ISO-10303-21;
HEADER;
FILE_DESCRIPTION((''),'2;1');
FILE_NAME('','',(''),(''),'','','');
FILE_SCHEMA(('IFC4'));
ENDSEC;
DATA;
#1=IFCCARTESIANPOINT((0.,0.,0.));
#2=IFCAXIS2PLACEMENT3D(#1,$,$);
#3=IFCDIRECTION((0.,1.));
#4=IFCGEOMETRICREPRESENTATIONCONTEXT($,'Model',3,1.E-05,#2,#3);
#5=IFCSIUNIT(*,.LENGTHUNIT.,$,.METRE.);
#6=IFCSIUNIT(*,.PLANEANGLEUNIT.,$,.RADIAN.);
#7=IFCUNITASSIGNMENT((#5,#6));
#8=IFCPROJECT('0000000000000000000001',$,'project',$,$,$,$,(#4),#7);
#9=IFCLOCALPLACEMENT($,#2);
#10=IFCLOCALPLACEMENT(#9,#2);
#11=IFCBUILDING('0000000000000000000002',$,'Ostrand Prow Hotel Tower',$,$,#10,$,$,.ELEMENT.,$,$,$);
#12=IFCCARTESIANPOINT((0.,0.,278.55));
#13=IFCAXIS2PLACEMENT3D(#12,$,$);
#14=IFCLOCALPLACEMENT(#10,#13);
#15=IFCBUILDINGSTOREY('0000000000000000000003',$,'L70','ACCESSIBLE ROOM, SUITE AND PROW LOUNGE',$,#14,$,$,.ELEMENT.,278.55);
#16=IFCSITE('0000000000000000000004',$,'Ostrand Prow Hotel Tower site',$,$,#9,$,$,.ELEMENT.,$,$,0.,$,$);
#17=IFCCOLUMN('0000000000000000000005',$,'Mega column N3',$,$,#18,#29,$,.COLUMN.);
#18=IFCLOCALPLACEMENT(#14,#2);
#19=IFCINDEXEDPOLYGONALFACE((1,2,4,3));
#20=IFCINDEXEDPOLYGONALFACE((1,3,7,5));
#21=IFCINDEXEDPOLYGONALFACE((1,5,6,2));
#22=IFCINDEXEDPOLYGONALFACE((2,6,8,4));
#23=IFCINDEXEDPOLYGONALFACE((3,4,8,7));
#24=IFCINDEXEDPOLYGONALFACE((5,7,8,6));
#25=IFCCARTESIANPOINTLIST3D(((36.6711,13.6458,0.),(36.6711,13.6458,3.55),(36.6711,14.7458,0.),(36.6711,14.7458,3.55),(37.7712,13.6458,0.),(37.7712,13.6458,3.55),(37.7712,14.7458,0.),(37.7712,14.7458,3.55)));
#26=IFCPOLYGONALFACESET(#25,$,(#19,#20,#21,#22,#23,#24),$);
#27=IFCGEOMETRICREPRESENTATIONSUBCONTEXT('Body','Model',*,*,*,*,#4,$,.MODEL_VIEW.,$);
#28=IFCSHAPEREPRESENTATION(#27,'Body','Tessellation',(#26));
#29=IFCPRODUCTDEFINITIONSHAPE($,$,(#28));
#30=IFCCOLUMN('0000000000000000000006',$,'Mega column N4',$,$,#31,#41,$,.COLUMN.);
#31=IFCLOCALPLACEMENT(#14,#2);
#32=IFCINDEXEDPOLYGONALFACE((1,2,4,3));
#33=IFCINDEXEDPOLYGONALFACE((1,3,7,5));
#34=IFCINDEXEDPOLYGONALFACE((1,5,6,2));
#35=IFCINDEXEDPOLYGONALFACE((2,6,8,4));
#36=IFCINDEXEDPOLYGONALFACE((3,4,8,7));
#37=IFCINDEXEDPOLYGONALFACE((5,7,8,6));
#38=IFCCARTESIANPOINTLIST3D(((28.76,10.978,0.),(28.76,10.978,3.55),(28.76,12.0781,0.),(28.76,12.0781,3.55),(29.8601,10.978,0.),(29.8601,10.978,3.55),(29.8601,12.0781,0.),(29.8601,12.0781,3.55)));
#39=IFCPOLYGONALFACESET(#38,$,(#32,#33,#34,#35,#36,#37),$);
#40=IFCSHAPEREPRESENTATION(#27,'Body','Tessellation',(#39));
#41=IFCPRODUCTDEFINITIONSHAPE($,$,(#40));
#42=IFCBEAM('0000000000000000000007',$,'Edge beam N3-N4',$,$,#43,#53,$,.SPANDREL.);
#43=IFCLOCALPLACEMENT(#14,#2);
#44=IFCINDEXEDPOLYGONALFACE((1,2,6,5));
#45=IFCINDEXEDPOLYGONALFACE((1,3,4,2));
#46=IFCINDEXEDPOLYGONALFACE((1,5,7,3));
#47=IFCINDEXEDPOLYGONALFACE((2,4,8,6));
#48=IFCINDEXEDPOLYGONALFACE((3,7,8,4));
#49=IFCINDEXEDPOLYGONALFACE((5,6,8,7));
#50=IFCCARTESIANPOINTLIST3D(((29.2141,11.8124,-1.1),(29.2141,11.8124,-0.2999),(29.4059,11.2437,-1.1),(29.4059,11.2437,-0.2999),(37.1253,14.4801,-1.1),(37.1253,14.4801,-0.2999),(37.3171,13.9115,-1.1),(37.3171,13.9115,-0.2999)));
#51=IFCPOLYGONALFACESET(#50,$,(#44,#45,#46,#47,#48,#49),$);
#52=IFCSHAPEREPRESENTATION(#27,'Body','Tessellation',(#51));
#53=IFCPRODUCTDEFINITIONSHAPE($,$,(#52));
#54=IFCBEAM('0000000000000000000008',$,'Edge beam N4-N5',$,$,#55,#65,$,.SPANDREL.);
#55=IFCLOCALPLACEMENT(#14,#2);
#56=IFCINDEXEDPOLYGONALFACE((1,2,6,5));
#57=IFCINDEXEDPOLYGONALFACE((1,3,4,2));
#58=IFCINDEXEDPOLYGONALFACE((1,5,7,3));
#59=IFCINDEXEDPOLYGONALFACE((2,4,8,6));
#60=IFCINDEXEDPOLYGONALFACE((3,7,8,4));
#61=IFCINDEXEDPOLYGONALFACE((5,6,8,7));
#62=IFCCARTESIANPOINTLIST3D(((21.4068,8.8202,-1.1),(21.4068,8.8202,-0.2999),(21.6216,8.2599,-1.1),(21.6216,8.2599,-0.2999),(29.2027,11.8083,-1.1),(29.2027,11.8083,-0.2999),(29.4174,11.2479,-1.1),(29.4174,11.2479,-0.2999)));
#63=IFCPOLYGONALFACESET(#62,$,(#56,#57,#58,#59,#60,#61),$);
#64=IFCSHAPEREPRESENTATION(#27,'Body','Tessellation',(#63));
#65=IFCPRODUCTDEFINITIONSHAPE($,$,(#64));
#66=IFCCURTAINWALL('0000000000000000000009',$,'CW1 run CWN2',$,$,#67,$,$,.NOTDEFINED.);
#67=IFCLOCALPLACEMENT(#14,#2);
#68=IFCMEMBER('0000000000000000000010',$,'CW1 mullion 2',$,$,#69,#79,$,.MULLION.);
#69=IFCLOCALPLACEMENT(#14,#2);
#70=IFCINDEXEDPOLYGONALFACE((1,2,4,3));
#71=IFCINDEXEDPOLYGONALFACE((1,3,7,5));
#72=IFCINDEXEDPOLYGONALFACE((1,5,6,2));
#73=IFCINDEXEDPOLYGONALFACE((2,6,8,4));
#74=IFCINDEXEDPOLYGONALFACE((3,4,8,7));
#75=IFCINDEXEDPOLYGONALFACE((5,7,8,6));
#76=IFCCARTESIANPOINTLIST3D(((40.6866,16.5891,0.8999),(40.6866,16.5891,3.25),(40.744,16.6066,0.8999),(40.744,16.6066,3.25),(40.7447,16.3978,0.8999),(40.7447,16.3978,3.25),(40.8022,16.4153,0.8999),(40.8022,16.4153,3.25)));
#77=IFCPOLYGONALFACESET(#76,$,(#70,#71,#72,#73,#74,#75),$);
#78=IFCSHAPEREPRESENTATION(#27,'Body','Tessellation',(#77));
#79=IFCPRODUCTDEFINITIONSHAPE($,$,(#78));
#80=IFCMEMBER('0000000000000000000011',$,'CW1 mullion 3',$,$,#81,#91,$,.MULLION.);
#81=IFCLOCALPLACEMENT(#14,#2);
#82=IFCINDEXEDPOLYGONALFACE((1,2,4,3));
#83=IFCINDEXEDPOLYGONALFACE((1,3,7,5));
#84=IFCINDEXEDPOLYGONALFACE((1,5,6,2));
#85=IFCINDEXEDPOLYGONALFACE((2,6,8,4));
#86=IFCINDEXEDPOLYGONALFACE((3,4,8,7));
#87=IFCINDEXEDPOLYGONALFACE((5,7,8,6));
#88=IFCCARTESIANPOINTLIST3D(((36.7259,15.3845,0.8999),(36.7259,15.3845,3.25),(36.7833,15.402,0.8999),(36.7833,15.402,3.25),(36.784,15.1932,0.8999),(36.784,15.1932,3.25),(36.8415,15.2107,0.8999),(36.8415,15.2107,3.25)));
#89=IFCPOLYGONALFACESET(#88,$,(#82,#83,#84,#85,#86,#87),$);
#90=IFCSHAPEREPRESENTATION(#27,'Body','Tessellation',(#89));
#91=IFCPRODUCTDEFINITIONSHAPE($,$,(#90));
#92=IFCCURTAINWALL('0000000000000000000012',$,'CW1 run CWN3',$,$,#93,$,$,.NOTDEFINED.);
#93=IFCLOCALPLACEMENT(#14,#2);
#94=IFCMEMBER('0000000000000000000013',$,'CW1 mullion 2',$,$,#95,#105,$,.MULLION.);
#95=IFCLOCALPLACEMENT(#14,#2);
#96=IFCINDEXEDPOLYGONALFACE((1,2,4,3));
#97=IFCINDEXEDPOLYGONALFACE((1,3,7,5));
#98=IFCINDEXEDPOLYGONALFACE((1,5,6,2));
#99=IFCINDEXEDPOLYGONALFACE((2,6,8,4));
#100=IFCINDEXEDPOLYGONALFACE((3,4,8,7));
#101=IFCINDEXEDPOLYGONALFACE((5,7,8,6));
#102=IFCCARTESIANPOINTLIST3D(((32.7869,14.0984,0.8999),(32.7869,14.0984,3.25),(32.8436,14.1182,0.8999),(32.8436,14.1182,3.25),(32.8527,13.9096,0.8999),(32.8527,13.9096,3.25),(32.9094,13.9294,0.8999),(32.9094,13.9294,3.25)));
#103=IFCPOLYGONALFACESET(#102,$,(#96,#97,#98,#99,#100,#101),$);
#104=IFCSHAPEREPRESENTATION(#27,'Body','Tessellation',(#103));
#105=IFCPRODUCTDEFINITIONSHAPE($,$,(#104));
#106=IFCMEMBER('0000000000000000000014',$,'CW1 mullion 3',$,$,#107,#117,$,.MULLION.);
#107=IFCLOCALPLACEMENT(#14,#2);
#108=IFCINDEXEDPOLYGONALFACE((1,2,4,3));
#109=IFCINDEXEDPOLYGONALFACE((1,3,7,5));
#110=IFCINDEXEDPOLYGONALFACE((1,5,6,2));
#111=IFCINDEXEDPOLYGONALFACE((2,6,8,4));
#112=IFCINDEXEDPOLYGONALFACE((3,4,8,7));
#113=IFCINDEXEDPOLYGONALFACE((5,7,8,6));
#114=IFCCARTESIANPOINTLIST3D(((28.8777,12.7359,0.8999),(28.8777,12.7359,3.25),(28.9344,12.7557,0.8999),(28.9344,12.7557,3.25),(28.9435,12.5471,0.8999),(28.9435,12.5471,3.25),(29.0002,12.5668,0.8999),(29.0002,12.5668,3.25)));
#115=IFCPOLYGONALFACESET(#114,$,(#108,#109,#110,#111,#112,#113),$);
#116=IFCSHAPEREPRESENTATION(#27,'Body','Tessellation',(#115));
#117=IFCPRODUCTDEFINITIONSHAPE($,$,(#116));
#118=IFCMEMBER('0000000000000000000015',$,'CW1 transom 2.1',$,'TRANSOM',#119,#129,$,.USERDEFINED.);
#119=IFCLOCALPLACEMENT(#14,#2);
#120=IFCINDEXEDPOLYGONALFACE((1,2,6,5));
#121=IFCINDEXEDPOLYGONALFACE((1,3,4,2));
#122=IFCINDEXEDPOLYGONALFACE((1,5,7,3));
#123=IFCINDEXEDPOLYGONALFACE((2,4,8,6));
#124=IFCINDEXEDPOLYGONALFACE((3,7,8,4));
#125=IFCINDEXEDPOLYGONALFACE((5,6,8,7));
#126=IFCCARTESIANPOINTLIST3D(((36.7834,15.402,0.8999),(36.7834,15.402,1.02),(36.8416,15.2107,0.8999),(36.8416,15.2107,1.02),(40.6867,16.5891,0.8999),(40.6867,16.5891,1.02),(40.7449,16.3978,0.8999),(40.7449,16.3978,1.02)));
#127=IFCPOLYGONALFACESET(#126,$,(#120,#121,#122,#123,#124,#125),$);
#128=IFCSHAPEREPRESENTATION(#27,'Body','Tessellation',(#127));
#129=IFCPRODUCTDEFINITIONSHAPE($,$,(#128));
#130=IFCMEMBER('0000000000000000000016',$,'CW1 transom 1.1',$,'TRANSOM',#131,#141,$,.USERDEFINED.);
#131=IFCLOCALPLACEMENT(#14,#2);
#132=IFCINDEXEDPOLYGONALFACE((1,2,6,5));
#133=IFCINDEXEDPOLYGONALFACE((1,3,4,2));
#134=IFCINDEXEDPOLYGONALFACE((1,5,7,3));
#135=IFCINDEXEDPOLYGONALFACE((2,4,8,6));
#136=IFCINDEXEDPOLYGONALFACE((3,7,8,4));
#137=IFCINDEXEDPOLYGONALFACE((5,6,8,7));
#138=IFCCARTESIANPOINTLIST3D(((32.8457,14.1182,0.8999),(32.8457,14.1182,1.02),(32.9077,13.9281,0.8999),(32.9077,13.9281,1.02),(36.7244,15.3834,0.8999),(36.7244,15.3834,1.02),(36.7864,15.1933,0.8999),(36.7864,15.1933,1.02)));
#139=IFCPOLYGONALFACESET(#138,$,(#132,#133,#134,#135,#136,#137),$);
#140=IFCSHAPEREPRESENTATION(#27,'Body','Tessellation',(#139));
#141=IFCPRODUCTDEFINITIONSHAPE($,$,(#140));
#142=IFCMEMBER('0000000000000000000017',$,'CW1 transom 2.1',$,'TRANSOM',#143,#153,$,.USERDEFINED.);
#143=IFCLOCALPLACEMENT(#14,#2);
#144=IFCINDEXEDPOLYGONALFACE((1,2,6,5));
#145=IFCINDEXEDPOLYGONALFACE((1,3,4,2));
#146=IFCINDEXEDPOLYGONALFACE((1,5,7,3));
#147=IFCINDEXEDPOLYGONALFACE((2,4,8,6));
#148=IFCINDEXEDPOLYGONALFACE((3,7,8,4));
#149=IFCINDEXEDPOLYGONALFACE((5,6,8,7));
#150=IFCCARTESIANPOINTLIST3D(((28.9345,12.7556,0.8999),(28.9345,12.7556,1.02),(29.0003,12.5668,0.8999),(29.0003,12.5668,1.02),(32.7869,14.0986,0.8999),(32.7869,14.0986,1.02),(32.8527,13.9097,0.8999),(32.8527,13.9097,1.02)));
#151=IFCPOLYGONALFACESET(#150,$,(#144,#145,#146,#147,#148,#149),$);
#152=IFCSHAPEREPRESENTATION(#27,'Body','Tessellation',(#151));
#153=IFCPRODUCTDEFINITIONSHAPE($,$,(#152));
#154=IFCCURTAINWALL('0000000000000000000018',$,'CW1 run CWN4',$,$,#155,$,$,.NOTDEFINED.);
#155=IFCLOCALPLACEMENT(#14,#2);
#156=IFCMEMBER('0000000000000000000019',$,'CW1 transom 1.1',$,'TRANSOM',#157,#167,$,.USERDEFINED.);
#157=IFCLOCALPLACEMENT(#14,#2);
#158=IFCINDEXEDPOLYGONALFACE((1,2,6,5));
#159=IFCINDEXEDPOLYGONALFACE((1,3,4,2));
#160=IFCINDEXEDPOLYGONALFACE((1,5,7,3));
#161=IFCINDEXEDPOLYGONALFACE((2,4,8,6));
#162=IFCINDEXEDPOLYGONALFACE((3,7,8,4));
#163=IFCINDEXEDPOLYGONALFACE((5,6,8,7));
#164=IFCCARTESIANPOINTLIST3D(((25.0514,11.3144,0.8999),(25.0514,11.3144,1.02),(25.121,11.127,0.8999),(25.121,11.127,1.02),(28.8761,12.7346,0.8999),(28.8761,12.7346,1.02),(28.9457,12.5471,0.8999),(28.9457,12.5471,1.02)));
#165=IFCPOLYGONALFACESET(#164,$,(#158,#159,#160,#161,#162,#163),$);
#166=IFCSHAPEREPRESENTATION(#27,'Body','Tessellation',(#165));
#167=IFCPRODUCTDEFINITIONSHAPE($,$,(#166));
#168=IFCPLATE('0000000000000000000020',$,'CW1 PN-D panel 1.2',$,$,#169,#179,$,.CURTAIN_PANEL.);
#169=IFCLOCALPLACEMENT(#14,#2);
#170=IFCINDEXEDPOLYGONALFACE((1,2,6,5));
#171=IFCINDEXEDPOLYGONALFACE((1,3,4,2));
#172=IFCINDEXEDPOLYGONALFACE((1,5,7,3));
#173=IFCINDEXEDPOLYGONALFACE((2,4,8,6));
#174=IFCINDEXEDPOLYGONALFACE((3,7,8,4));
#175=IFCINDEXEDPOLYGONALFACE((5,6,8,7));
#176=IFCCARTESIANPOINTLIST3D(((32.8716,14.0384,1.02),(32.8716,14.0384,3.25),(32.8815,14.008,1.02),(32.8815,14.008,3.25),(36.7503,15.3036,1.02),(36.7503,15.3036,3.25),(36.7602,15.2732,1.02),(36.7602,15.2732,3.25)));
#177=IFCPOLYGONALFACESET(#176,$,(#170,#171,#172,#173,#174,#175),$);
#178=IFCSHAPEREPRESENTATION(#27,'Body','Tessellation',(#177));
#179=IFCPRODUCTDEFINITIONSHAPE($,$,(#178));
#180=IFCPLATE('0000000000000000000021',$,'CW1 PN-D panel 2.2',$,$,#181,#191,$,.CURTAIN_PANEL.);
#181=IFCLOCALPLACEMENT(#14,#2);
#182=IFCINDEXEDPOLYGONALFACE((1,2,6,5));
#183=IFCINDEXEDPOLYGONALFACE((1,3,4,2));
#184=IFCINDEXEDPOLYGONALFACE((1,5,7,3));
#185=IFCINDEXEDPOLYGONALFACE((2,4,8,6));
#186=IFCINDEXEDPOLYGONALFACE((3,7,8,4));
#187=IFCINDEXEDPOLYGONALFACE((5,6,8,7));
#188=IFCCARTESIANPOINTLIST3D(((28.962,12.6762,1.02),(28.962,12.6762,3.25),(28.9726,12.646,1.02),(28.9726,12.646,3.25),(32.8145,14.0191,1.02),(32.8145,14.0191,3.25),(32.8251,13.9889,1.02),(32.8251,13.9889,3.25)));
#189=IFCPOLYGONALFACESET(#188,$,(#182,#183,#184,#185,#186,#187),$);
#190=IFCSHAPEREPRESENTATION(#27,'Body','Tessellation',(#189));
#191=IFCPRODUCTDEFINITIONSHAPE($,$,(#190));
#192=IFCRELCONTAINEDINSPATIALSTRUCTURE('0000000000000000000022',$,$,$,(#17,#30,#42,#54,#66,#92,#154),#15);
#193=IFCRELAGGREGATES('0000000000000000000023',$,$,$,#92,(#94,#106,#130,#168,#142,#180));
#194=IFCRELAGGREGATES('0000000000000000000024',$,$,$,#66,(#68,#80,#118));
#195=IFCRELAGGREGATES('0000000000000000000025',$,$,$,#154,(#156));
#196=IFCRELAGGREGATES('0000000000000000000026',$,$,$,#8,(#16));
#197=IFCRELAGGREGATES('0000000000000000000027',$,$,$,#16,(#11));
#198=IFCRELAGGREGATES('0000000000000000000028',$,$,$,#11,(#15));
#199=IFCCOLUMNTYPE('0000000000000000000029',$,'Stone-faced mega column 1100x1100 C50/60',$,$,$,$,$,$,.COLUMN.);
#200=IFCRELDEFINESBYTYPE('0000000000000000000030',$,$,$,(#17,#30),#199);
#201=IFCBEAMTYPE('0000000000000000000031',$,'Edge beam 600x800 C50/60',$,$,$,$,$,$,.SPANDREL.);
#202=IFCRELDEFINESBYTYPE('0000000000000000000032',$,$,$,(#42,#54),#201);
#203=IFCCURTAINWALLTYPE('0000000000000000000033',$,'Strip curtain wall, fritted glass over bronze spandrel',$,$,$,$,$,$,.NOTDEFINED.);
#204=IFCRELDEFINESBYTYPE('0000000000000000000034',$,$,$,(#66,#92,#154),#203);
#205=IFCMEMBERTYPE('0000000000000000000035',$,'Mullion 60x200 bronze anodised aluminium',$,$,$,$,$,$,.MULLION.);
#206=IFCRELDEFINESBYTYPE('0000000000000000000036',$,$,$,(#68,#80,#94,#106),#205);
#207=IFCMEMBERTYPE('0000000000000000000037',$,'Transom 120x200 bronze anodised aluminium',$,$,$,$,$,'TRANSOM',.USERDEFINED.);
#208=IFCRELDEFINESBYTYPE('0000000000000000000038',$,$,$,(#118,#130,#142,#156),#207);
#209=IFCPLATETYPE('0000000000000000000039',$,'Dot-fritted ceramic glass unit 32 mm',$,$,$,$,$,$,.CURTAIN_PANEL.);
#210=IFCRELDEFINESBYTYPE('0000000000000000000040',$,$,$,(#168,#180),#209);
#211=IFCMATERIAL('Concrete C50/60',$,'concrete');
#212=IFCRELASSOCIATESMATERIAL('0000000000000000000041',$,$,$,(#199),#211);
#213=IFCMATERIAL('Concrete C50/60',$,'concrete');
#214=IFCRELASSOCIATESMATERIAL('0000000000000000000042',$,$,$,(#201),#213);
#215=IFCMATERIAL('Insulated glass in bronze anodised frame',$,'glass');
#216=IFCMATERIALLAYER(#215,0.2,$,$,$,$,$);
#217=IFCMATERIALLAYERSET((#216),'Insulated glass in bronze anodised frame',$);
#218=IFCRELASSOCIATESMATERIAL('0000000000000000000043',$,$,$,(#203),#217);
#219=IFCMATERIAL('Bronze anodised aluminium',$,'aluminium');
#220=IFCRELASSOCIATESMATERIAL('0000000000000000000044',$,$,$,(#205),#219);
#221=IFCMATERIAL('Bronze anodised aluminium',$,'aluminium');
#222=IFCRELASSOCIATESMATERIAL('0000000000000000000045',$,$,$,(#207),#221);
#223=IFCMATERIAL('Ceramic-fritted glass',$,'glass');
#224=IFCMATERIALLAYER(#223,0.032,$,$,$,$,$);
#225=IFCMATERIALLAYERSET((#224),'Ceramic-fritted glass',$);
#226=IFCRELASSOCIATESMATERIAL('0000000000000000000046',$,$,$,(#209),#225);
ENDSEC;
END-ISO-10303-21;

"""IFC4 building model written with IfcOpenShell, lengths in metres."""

from ifc_helpers import new_model, si_unit, direction, frame, origin, origin_2d, place, context, subcontext, project, spatial, rectangle, extrude, material, layer, layer_set, material_profile, profile_set, type_object, element, aggregate, save


model = new_model("IFC4")

# Units and contexts
model_context = context("Model", 3, precision=1e-05, world=origin(), true_north=direction((0.0, 1.0)))
body_context = subcontext(model_context, "Body", "Model", "MODEL_VIEW")
ifc_project = project(units=[si_unit("LENGTHUNIT", "METRE"), si_unit("PLANEANGLEUNIT", "RADIAN")], contexts=[model_context])

# Site, building, storey
site_placement = place(None, origin())
site = spatial("IfcSite", under=ifc_project, at=site_placement, Name="Ostrand Prow Hotel Tower site", CompositionType="ELEMENT", RefElevation=0.0)
building_placement = place(site_placement, origin())
building = spatial("IfcBuilding", under=site, at=building_placement, Name="Ostrand Prow Hotel Tower", CompositionType="ELEMENT")
storey_placement = place(building_placement, frame((0.0, 0.0, 278.55)))
storey = spatial("IfcBuildingStorey", under=building, at=storey_placement, Name="L70", Description="ACCESSIBLE ROOM, SUITE AND PROW LOUNGE", CompositionType="ELEMENT", Elevation=278.55)

# Columns
ifc_material_1 = material(Name="Concrete C50/60", Category="concrete")
ifc_material_profile_1 = material_profile(ifc_material_1, rectangle(XDim=1.1001, YDim=1.1001, at=origin_2d()), Name="RC 1100x1100")
ifc_profile_set_1 = profile_set([ifc_material_profile_1], Name="Concrete C50/60")
column_type = type_object("IfcColumnType", Name="Stone-faced mega column 1100x1100 C50/60", PredefinedType="COLUMN", material=ifc_profile_set_1)
for number, where, z_axis, x_axis, name in (
    (1, (37.2212, 14.1958, 0.0), (0.0, 0.0, 1.0), (1.0, 0.0, 0.0), "Mega column N3"),
    (2, (29.3101, 11.5281, 0.0), (0.0, 0.0, 1.0), (1.0, 0.0, 0.0), "Mega column N4"),
):
    element("IfcColumn", number, at=place(storey_placement, frame(where, z_axis=z_axis, x_axis=x_axis)), inside=storey, type_object=column_type, Name=name, PredefinedType="COLUMN", context=body_context, shape_type="SweptSolid", body=[
        extrude(rectangle(XDim=1.1001, YDim=1.1001, at=origin_2d()), origin(), (0.0, 0.0, 1.0), 3.55),
    ])

# Beams
ifc_material_2 = material(Name="Concrete C50/60", Category="concrete")
ifc_material_profile_2 = material_profile(ifc_material_2, rectangle(XDim=0.6001, YDim=0.8, at=origin_2d()), Name="RC 600x800")
ifc_profile_set_2 = profile_set([ifc_material_profile_2], Name="Concrete C50/60")
beam_type = type_object("IfcBeamType", Name="Edge beam 600x800 C50/60", PredefinedType="SPANDREL", material=ifc_profile_set_2)
for number, where, z_axis, x_axis, name in (
    (3, (37.2212, 14.1958, -0.7), (-0.947575, -0.319533, 0.0), (0.319533, -0.947575, 0.0), "Edge beam N3-N4"),
    (4, (29.3101, 11.5281, -0.7), (-0.933762, -0.357895, 0.0), (0.357895, -0.933762, 0.0), "Edge beam N4-N5"),
):
    element("IfcBeam", number, at=place(storey_placement, frame(where, z_axis=z_axis, x_axis=x_axis)), inside=storey, type_object=beam_type, Name=name, PredefinedType="SPANDREL", context=body_context, shape_type="SweptSolid", body=[
        extrude(rectangle(XDim=0.6001, YDim=0.8, at=origin_2d()), origin(), (0.0, 0.0, 1.0), 8.3489),
    ])

# Curtain walls, members
ifc_material_3 = material(Name="Insulated glass in bronze anodised frame", Category="glass")
ifc_layer_1 = layer(ifc_material_3, 0.2)
ifc_layer_set_1 = layer_set([ifc_layer_1], Name="Insulated glass in bronze anodised frame")
curtain_wall_type = type_object("IfcCurtainWallType", Name="Strip curtain wall, fritted glass over bronze spandrel", PredefinedType="NOTDEFINED", material=ifc_layer_set_1)
curtain_wall_1_placement = place(storey_placement, origin())
curtain_wall_1 = element("IfcCurtainWall", 5, at=curtain_wall_1_placement, inside=storey, type_object=curtain_wall_type, Name="CW1 run CWN2", PredefinedType="NOTDEFINED")
ifc_material_4 = material(Name="Bronze anodised aluminium", Category="aluminium")
ifc_material_profile_3 = material_profile(ifc_material_4, rectangle(XDim=0.2, YDim=0.0601, at=origin_2d()), Name="Mullion 60x200 bronze anodised aluminium")
ifc_profile_set_3 = profile_set([ifc_material_profile_3], Name="Bronze anodised aluminium")
member_type_1 = type_object("IfcMemberType", Name="Mullion 60x200 bronze anodised aluminium", PredefinedType="MULLION", material=ifc_profile_set_3)
member_1_placement = place(storey_placement, frame((40.7444, 16.5022, 0.8999), z_axis=(0.0, 0.0, 1.0), x_axis=(0.290938, -0.956742, 0.0)))
member_1 = element("IfcMember", 6, at=member_1_placement, type_object=member_type_1, Name="CW1 mullion 2", PredefinedType="MULLION", context=body_context, shape_type="SweptSolid", body=[
    extrude(rectangle(XDim=0.2, YDim=0.0601, at=origin_2d()), origin(), (0.0, 0.0, 1.0), 2.3501),
])
member_2_placement = place(storey_placement, frame((36.7837, 15.2976, 0.8999), z_axis=(0.0, 0.0, 1.0), x_axis=(0.290938, -0.956742, 0.0)))
member_2 = element("IfcMember", 7, at=member_2_placement, type_object=member_type_1, Name="CW1 mullion 3", PredefinedType="MULLION", context=body_context, shape_type="SweptSolid", body=[
    extrude(rectangle(XDim=0.2, YDim=0.0601, at=origin_2d()), origin(), (0.0, 0.0, 1.0), 2.3501),
])
curtain_wall_2_placement = place(storey_placement, origin())
curtain_wall_2 = element("IfcCurtainWall", 8, at=curtain_wall_2_placement, inside=storey, type_object=curtain_wall_type, Name="CW1 run CWN3", PredefinedType="NOTDEFINED")
member_3_placement = place(storey_placement, frame((32.8481, 14.0139, 0.8999), z_axis=(0.0, 0.0, 1.0), x_axis=(0.329158, -0.944275, 0.0)))
member_3 = element("IfcMember", 9, at=member_3_placement, type_object=member_type_1, Name="CW1 mullion 2", PredefinedType="MULLION", context=body_context, shape_type="SweptSolid", body=[
    extrude(rectangle(XDim=0.2, YDim=0.0601, at=origin_2d()), origin(), (0.0, 0.0, 1.0), 2.3501),
])
member_4_placement = place(storey_placement, frame((28.939, 12.6514, 0.8999), z_axis=(0.0, 0.0, 1.0), x_axis=(0.329158, -0.944275, 0.0)))
member_4 = element("IfcMember", 10, at=member_4_placement, type_object=member_type_1, Name="CW1 mullion 3", PredefinedType="MULLION", context=body_context, shape_type="SweptSolid", body=[
    extrude(rectangle(XDim=0.2, YDim=0.0601, at=origin_2d()), origin(), (0.0, 0.0, 1.0), 2.3501),
])

# Members
ifc_material_5 = material(Name="Bronze anodised aluminium", Category="aluminium")
ifc_material_profile_4 = material_profile(ifc_material_5, rectangle(XDim=0.2, YDim=0.1201, at=origin_2d()), Name="Transom 120x200 bronze anodised aluminium")
ifc_profile_set_4 = profile_set([ifc_material_profile_4], Name="Bronze anodised aluminium")
member_type_2 = type_object("IfcMemberType", Name="Transom 120x200 bronze anodised aluminium", ElementType="TRANSOM", PredefinedType="USERDEFINED", material=ifc_profile_set_4)
member_5_placement = place(storey_placement, frame((40.7158, 16.4934, 0.96), z_axis=(-0.956739, -0.290947, 0.0), x_axis=(0.290947, -0.956739, 0.0)))
member_5 = element("IfcMember", 11, at=member_5_placement, type_object=member_type_2, Name="CW1 transom 2.1", ObjectType="TRANSOM", PredefinedType="USERDEFINED", context=body_context, shape_type="SweptSolid", body=[
    extrude(rectangle(XDim=0.2, YDim=0.1201, at=origin_2d()), origin(), (0.0, 0.0, 1.0), 4.0798),
])
member_6_placement = place(storey_placement, frame((36.7554, 15.2883, 0.96), z_axis=(-0.950704, -0.310099, 0.0), x_axis=(0.310099, -0.950704, 0.0)))
member_6 = element("IfcMember", 12, at=member_6_placement, type_object=member_type_2, Name="CW1 transom 1.1", ObjectType="TRANSOM", PredefinedType="USERDEFINED", context=body_context, shape_type="SweptSolid", body=[
    extrude(rectangle(XDim=0.2, YDim=0.1201, at=origin_2d()), origin(), (0.0, 0.0, 1.0), 4.0798),
])
member_7_placement = place(storey_placement, frame((32.8198, 14.0042, 0.96), z_axis=(-0.944268, -0.329177, 0.0), x_axis=(0.329177, -0.944268, 0.0)))
member_7 = element("IfcMember", 13, at=member_7_placement, type_object=member_type_2, Name="CW1 transom 2.1", ObjectType="TRANSOM", PredefinedType="USERDEFINED", context=body_context, shape_type="SweptSolid", body=[
    extrude(rectangle(XDim=0.2, YDim=0.1201, at=origin_2d()), origin(), (0.0, 0.0, 1.0), 4.0798),
])

# Curtain wall, member
curtain_wall_3_placement = place(storey_placement, origin())
curtain_wall_3 = element("IfcCurtainWall", 14, at=curtain_wall_3_placement, inside=storey, type_object=curtain_wall_type, Name="CW1 run CWN4", PredefinedType="NOTDEFINED")
member_8_placement = place(storey_placement, frame((28.9109, 12.6409, 0.96), z_axis=(-0.93746, -0.348092, 0.0), x_axis=(0.348092, -0.93746, 0.0)))
member_8 = element("IfcMember", 15, at=member_8_placement, type_object=member_type_2, Name="CW1 transom 1.1", ObjectType="TRANSOM", PredefinedType="USERDEFINED", context=body_context, shape_type="SweptSolid", body=[
    extrude(rectangle(XDim=0.2, YDim=0.1201, at=origin_2d()), origin(), (0.0, 0.0, 1.0), 4.0798),
])

# Plates
ifc_material_6 = material(Name="Ceramic-fritted glass", Category="glass")
ifc_layer_2 = layer(ifc_material_6, 0.032)
ifc_layer_set_2 = layer_set([ifc_layer_2], Name="Ceramic-fritted glass")
plate_type_1 = type_object("IfcPlateType", Name="Dot-fritted ceramic glass unit 32 mm", PredefinedType="CURTAIN_PANEL", material=ifc_layer_set_2)
plate_1_placement = place(storey_placement, frame((34.8159, 14.6558, 1.02), z_axis=(0.0, 0.0, 1.0), x_axis=(-0.9507, -0.310111, 0.0)))
plate_1 = element("IfcPlate", 16, at=plate_1_placement, type_object=plate_type_1, Name="CW1 PN-D panel 1.2", PredefinedType="CURTAIN_PANEL", context=body_context, shape_type="SweptSolid", body=[
    extrude(rectangle(XDim=4.0798, YDim=0.032, at=origin_2d()), origin(), (0.0, 0.0, 1.0), 2.23),
])
plate_2_placement = place(storey_placement, frame((30.8936, 13.3325, 1.02), z_axis=(0.0, 0.0, 1.0), x_axis=(-0.944275, -0.329158, 0.0)))
plate_2 = element("IfcPlate", 17, at=plate_2_placement, type_object=plate_type_1, Name="CW1 PN-D panel 2.2", PredefinedType="CURTAIN_PANEL", context=body_context, shape_type="SweptSolid", body=[
    extrude(rectangle(XDim=4.0798, YDim=0.032, at=origin_2d()), origin(), (0.0, 0.0, 1.0), 2.23),
])
aggregate(curtain_wall_2, [member_3, member_4, member_6, plate_1, member_7, plate_2])
aggregate(curtain_wall_1, [member_1, member_2, member_5])
aggregate(curtain_wall_3, [member_8])

save(model, "model.ifc")
